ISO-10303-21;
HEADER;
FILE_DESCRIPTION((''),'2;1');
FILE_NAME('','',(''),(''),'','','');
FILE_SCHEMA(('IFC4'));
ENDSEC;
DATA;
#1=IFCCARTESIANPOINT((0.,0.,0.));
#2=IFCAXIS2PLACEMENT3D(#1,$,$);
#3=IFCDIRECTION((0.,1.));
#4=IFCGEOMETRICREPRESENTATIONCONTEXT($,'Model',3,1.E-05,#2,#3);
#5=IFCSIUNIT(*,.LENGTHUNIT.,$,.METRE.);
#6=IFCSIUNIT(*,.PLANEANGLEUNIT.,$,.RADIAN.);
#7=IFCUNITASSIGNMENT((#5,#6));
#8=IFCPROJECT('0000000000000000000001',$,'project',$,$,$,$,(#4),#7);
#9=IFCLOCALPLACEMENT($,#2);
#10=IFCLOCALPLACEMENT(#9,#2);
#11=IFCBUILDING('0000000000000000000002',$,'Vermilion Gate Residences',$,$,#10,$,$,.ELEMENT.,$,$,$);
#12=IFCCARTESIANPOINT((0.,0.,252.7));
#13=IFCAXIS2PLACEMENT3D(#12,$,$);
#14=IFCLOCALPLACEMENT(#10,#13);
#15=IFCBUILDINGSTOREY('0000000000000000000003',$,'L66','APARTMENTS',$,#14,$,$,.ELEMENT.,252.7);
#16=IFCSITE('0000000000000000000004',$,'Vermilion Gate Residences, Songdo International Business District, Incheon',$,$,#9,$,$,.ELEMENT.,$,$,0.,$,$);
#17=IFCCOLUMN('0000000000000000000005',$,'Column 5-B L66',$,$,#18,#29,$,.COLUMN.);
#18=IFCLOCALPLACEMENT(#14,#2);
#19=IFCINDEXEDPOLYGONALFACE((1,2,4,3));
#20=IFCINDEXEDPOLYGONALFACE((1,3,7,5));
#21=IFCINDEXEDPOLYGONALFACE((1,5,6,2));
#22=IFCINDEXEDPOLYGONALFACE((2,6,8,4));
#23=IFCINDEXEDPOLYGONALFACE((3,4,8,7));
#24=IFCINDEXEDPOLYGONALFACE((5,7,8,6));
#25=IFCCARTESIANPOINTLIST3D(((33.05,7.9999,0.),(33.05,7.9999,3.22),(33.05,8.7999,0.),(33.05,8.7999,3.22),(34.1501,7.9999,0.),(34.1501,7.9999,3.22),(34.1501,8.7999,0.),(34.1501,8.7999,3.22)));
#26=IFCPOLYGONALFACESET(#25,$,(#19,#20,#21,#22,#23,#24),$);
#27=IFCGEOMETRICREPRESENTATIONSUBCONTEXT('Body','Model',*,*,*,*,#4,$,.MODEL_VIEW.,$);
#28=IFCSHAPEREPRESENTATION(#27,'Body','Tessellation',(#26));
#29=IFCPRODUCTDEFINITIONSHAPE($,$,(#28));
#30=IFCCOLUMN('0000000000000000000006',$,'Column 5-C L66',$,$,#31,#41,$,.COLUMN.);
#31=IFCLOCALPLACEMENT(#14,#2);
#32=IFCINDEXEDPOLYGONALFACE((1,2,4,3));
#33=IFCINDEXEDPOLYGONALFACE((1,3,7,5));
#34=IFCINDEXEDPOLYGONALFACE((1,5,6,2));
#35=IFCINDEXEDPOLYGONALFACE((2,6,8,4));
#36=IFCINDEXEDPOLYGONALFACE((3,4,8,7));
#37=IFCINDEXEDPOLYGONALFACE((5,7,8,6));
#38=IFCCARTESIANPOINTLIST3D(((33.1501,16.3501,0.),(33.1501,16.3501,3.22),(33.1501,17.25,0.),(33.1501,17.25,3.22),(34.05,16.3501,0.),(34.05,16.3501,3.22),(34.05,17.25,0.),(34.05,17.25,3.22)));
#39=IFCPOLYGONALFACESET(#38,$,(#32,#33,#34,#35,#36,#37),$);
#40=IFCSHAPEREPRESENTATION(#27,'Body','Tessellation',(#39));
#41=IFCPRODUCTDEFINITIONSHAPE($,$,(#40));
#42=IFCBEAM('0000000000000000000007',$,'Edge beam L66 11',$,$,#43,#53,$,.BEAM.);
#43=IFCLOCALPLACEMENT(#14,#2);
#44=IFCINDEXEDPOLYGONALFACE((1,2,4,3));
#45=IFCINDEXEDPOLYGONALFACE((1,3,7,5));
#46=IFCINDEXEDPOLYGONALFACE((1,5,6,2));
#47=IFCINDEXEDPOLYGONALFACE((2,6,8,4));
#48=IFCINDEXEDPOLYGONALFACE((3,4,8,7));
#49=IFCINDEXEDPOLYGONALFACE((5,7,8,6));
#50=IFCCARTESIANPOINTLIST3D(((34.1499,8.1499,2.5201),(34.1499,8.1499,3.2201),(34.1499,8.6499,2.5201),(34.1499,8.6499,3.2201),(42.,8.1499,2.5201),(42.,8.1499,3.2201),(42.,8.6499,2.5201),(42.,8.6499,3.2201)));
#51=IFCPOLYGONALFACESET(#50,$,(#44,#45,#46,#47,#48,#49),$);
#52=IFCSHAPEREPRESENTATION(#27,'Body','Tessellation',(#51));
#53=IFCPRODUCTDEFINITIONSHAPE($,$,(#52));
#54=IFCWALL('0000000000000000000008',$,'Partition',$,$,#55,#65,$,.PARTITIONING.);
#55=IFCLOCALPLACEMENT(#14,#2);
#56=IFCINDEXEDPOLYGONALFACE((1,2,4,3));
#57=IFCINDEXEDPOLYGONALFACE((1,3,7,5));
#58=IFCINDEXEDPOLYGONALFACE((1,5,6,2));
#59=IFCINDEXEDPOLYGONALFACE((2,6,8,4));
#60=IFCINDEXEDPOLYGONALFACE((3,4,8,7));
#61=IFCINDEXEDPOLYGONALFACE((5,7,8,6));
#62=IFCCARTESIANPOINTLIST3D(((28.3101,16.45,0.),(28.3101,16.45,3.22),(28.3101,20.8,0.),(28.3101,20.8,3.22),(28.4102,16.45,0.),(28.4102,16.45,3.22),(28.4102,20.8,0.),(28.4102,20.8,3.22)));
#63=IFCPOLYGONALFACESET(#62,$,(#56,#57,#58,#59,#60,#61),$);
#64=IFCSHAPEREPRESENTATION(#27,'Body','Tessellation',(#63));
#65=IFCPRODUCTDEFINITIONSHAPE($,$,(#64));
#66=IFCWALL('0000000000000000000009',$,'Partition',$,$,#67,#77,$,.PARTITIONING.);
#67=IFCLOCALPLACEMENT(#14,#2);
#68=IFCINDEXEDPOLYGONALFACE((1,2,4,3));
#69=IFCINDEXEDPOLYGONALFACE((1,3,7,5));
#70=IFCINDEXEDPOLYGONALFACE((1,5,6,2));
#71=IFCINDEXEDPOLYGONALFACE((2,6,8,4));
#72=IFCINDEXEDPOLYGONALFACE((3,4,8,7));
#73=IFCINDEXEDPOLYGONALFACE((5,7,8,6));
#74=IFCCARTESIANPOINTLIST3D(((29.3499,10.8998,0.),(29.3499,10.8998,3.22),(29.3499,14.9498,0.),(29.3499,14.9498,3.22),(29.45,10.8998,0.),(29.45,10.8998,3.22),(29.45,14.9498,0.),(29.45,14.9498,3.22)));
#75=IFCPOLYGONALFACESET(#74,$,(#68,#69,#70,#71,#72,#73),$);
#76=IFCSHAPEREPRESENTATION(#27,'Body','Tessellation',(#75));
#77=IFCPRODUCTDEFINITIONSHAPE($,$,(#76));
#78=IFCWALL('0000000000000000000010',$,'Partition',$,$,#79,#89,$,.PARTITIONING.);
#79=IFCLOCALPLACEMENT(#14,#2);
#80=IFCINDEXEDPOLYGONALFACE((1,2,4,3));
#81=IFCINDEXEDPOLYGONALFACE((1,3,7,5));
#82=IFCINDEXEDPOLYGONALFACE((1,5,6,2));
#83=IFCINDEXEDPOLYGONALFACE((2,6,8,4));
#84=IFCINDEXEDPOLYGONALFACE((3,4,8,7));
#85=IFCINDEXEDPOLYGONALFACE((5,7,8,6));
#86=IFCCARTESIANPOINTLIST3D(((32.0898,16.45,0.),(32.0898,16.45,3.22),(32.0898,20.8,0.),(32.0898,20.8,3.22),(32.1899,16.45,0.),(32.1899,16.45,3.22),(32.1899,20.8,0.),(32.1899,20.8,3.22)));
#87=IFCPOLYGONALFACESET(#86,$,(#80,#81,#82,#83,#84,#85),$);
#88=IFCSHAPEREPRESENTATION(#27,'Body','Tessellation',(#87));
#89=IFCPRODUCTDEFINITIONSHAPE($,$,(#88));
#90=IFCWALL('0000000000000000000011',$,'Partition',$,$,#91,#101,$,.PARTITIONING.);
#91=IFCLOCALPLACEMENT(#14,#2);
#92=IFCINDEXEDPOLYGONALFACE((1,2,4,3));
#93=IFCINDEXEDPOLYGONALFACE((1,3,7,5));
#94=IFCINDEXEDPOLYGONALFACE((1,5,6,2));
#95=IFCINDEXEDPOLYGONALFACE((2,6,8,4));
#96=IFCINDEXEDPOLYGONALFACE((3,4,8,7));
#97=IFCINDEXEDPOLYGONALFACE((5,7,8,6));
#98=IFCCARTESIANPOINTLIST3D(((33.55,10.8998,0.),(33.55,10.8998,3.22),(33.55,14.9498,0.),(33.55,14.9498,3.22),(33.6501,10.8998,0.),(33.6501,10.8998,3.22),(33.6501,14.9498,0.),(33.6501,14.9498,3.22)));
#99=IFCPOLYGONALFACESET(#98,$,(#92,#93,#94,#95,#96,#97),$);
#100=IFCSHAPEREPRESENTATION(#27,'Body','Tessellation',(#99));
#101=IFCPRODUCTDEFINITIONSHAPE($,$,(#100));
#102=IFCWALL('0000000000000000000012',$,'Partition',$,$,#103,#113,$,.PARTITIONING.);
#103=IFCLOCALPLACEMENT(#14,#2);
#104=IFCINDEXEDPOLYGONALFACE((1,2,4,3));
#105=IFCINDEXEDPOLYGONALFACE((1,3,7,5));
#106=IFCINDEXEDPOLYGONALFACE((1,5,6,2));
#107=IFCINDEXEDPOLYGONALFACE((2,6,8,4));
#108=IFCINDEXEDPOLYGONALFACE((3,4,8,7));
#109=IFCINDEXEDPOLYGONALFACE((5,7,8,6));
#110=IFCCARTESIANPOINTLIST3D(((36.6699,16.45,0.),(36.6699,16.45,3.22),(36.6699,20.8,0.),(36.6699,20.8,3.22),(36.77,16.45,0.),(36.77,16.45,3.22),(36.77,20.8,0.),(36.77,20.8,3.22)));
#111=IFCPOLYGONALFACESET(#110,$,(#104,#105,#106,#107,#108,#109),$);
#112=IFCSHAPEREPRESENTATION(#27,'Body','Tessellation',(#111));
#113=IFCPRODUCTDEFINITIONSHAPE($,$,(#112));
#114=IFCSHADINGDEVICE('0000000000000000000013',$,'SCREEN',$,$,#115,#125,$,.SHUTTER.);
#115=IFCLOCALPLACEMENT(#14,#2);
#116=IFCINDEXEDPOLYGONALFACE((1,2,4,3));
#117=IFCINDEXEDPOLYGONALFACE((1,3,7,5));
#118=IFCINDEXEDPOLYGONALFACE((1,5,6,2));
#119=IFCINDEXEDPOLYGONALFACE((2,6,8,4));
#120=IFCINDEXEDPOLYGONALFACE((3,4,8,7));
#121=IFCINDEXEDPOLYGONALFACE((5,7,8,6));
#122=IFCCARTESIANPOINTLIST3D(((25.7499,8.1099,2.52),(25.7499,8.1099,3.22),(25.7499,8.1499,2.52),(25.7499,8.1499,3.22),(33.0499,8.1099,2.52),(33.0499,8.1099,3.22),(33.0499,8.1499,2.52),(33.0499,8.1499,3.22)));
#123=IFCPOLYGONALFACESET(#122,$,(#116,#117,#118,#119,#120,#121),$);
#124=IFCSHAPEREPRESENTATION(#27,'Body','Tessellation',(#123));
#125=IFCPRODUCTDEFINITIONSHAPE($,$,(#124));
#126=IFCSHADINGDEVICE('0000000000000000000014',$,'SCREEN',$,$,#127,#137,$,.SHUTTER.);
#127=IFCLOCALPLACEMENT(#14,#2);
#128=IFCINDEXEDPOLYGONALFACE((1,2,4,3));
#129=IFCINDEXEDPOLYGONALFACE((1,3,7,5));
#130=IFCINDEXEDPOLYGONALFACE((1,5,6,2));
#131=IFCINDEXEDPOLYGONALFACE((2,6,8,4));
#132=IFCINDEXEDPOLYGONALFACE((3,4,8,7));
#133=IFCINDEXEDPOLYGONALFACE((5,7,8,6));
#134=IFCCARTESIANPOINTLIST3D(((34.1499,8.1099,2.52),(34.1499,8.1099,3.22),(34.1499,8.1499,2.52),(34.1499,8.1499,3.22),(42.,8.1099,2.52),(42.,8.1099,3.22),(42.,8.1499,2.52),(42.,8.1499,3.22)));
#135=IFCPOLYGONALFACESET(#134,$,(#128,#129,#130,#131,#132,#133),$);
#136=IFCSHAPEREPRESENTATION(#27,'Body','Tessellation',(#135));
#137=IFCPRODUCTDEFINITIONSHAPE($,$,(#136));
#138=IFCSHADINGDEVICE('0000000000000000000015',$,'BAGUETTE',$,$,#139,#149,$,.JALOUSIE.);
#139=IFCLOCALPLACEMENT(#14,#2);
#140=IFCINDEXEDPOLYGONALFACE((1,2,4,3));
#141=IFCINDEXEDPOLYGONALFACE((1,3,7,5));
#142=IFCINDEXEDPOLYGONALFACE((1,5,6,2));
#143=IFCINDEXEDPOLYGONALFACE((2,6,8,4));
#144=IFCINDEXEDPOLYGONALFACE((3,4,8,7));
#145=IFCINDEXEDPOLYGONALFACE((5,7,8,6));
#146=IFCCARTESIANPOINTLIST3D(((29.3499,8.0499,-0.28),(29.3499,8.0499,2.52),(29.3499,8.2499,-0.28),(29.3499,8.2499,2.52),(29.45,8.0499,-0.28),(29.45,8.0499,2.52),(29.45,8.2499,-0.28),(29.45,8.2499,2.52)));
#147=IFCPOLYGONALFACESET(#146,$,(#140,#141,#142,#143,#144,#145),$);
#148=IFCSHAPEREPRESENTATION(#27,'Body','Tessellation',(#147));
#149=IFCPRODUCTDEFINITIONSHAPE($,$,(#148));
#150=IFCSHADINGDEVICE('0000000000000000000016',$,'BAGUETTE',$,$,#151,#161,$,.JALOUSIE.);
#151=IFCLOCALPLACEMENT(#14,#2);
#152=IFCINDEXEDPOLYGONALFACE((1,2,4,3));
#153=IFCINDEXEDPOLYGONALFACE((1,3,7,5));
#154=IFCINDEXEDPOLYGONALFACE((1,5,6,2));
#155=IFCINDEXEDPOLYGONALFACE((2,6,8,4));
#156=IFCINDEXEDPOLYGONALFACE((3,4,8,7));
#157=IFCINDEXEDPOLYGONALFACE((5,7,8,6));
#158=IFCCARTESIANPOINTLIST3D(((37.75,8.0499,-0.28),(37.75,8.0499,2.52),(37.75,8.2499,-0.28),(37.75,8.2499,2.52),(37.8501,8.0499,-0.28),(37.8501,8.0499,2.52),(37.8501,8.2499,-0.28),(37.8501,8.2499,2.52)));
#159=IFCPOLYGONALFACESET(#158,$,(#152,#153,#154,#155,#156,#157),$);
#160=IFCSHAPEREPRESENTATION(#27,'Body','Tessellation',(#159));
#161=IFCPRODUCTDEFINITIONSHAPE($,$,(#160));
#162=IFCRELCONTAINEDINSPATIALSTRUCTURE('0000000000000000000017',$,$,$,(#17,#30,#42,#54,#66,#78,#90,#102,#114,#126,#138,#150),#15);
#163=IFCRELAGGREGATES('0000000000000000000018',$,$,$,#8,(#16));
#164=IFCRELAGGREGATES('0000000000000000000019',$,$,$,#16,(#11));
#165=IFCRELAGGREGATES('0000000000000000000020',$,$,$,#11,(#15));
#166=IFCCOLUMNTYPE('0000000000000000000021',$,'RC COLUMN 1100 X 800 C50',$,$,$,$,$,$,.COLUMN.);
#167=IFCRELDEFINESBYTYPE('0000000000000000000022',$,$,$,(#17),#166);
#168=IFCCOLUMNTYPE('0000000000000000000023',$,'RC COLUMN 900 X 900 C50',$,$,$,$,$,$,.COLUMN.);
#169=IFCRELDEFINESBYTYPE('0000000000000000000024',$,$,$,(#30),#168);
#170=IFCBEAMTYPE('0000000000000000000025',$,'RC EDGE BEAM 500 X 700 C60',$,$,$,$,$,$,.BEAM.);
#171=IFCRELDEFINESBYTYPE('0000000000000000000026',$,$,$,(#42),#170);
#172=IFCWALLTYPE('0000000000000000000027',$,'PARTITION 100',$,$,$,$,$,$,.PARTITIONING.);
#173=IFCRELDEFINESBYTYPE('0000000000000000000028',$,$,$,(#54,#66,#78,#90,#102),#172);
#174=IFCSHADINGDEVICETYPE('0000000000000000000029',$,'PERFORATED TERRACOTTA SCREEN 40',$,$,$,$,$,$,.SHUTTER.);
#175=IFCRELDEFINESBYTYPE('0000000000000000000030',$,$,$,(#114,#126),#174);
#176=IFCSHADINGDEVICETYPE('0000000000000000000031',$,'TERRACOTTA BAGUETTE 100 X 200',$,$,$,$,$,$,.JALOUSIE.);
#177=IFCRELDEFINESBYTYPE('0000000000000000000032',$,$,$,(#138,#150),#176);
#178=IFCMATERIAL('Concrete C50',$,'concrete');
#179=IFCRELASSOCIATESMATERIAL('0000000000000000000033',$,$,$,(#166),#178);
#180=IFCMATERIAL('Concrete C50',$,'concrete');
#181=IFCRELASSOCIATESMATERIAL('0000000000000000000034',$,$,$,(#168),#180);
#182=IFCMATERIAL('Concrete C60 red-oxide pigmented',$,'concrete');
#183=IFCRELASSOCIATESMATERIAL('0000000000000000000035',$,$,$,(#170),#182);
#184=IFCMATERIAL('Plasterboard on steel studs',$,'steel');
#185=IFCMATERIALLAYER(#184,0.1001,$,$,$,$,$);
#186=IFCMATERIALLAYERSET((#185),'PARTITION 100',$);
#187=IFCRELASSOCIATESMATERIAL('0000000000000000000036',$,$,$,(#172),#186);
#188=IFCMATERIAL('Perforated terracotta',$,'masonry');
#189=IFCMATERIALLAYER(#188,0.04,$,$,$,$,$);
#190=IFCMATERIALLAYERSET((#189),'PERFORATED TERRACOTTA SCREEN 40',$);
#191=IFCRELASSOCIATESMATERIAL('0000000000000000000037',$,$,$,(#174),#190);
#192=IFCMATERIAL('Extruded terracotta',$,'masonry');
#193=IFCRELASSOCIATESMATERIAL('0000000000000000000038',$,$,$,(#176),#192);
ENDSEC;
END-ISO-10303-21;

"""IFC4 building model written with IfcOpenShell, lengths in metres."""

from ifc_helpers import new_model, si_unit, direction, frame, frame_2d, origin, origin_2d, place, context, subcontext, project, spatial, rectangle, extrude, material, layer, layer_set, material_profile, profile_set, type_object, element, save


model = new_model("IFC4")

# Units and contexts
model_context = context("Model", 3, precision=1e-05, world=origin(), true_north=direction((0.0, 1.0)))
body_context = subcontext(model_context, "Body", "Model", "MODEL_VIEW")
ifc_project = project(units=[si_unit("LENGTHUNIT", "METRE"), si_unit("PLANEANGLEUNIT", "RADIAN")], contexts=[model_context])

# Site, building, storey
site_placement = place(None, origin())
site = spatial("IfcSite", under=ifc_project, at=site_placement, Name="Vermilion Gate Residences, Songdo International Business District, Incheon", CompositionType="ELEMENT", RefElevation=0.0)
building_placement = place(site_placement, origin())
building = spatial("IfcBuilding", under=site, at=building_placement, Name="Vermilion Gate Residences", CompositionType="ELEMENT")
storey_placement = place(building_placement, frame((0.0, 0.0, 252.7)))
storey = spatial("IfcBuildingStorey", under=building, at=storey_placement, Name="L66", Description="APARTMENTS", CompositionType="ELEMENT", Elevation=252.7)

# Columns
ifc_material_1 = material(Name="Concrete C50", Category="concrete")
ifc_material_profile_1 = material_profile(ifc_material_1, rectangle(XDim=1.1001, YDim=0.8, at=origin_2d()), Name="RC-1100x800")
ifc_profile_set_1 = profile_set([ifc_material_profile_1], Name="Concrete C50")
column_type_1 = type_object("IfcColumnType", Name="RC COLUMN 1100 X 800 C50", PredefinedType="COLUMN", material=ifc_profile_set_1)
column_1_placement = place(storey_placement, frame((33.6001, 8.3999, 0.0), z_axis=(0.0, 0.0, 1.0), x_axis=(1.0, 0.0, 0.0)))
element("IfcColumn", 1, at=column_1_placement, inside=storey, type_object=column_type_1, Name="Column 5-B L66", PredefinedType="COLUMN", context=body_context, shape_type="SweptSolid", body=[
    extrude(rectangle(XDim=1.1001, YDim=0.8, at=origin_2d()), origin(), (0.0, 0.0, 1.0), 3.22),
])
ifc_material_2 = material(Name="Concrete C50", Category="concrete")
ifc_material_profile_2 = material_profile(ifc_material_2, rectangle(XDim=0.8999, YDim=0.8999, at=origin_2d()), Name="RC-900x900")
ifc_profile_set_2 = profile_set([ifc_material_profile_2], Name="Concrete C50")
column_type_2 = type_object("IfcColumnType", Name="RC COLUMN 900 X 900 C50", PredefinedType="COLUMN", material=ifc_profile_set_2)
column_2_placement = place(storey_placement, frame((33.6001, 16.8, 0.0), z_axis=(0.0, 0.0, 1.0), x_axis=(1.0, 0.0, 0.0)))
element("IfcColumn", 2, at=column_2_placement, inside=storey, type_object=column_type_2, Name="Column 5-C L66", PredefinedType="COLUMN", context=body_context, shape_type="SweptSolid", body=[
    extrude(rectangle(XDim=0.8999, YDim=0.8999, at=origin_2d()), origin(), (0.0, 0.0, 1.0), 3.22),
])

# Beam
ifc_material_3 = material(Name="Concrete C60 red-oxide pigmented", Category="concrete")
ifc_material_profile_3 = material_profile(ifc_material_3, rectangle(XDim=0.5, YDim=0.7, at=origin_2d()), Name="RC-500x700")
ifc_profile_set_3 = profile_set([ifc_material_profile_3], Name="Concrete C60 red-oxide pigmented")
beam_type = type_object("IfcBeamType", Name="RC EDGE BEAM 500 X 700 C60", PredefinedType="BEAM", material=ifc_profile_set_3)
beam_placement = place(storey_placement, frame((34.1499, 8.3999, 2.8701), z_axis=(1.0, 0.0, 0.0), x_axis=(0.0, 1.0, 0.0)))
element("IfcBeam", 3, at=beam_placement, inside=storey, type_object=beam_type, Name="Edge beam L66 11", PredefinedType="BEAM", context=body_context, shape_type="SweptSolid", body=[
    extrude(rectangle(XDim=0.5, YDim=0.7, at=origin_2d()), origin(), (0.0, 0.0, 1.0), 7.8501),
])

# Walls
ifc_material_4 = material(Name="Plasterboard on steel studs", Category="steel")
ifc_layer_1 = layer(ifc_material_4, 0.1001)
ifc_layer_set_1 = layer_set([ifc_layer_1], Name="PARTITION 100")
wall_type = type_object("IfcWallType", Name="PARTITION 100", PredefinedType="PARTITIONING", material=ifc_layer_set_1)
wall_1_placement = place(storey_placement, frame((28.3601, 16.45, 0.0), z_axis=(0.0, 0.0, 1.0), x_axis=(0.0, 1.0, 0.0)))
element("IfcWall", 4, at=wall_1_placement, inside=storey, type_object=wall_type, Name="Partition", PredefinedType="PARTITIONING", context=body_context, shape_type="SweptSolid", body=[
    extrude(rectangle(XDim=4.3501, YDim=0.1001, at=frame_2d((2.175, 0.0))), origin(), (0.0, 0.0, 1.0), 3.22),
])
wall_2_placement = place(storey_placement, frame((29.3999, 10.8999, 0.0), z_axis=(0.0, 0.0, 1.0), x_axis=(0.0, 1.0, 0.0)))
element("IfcWall", 5, at=wall_2_placement, inside=storey, type_object=wall_type, Name="Partition", PredefinedType="PARTITIONING", context=body_context, shape_type="SweptSolid", body=[
    extrude(rectangle(XDim=4.05, YDim=0.1001, at=frame_2d((2.0249, 0.0))), origin(), (0.0, 0.0, 1.0), 3.22),
])
wall_3_placement = place(storey_placement, frame((32.1399, 16.45, 0.0), z_axis=(0.0, 0.0, 1.0), x_axis=(0.0, 1.0, 0.0)))
element("IfcWall", 6, at=wall_3_placement, inside=storey, type_object=wall_type, Name="Partition", PredefinedType="PARTITIONING", context=body_context, shape_type="SweptSolid", body=[
    extrude(rectangle(XDim=4.3501, YDim=0.1001, at=frame_2d((2.175, 0.0))), origin(), (0.0, 0.0, 1.0), 3.22),
])
wall_4_placement = place(storey_placement, frame((33.6001, 10.8999, 0.0), z_axis=(0.0, 0.0, 1.0), x_axis=(0.0, 1.0, 0.0)))
element("IfcWall", 7, at=wall_4_placement, inside=storey, type_object=wall_type, Name="Partition", PredefinedType="PARTITIONING", context=body_context, shape_type="SweptSolid", body=[
    extrude(rectangle(XDim=4.05, YDim=0.1001, at=frame_2d((2.0249, 0.0))), origin(), (0.0, 0.0, 1.0), 3.22),
])
wall_5_placement = place(storey_placement, frame((36.72, 16.45, 0.0), z_axis=(0.0, 0.0, 1.0), x_axis=(0.0, 1.0, 0.0)))
element("IfcWall", 8, at=wall_5_placement, inside=storey, type_object=wall_type, Name="Partition", PredefinedType="PARTITIONING", context=body_context, shape_type="SweptSolid", body=[
    extrude(rectangle(XDim=4.3501, YDim=0.1001, at=frame_2d((2.175, 0.0))), origin(), (0.0, 0.0, 1.0), 3.22),
])

# Shading devices
ifc_material_5 = material(Name="Perforated terracotta", Category="masonry")
ifc_layer_2 = layer(ifc_material_5, 0.04)
ifc_layer_set_2 = layer_set([ifc_layer_2], Name="PERFORATED TERRACOTTA SCREEN 40")
shading_device_type_1 = type_object("IfcShadingDeviceType", Name="PERFORATED TERRACOTTA SCREEN 40", PredefinedType="SHUTTER", material=ifc_layer_set_2)
shading_device_1_placement = place(storey_placement, frame((29.3999, 8.1299, 2.52), z_axis=(0.0, 0.0, 1.0), x_axis=(1.0, 0.0, 0.0)))
element("IfcShadingDevice", 9, at=shading_device_1_placement, inside=storey, type_object=shading_device_type_1, Name="SCREEN", PredefinedType="SHUTTER", context=body_context, shape_type="SweptSolid", body=[
    extrude(rectangle(XDim=7.3, YDim=0.04, at=origin_2d()), origin(), (0.0, 0.0, 1.0), 0.7),
])
shading_device_2_placement = place(storey_placement, frame((38.075, 8.1299, 2.52), z_axis=(0.0, 0.0, 1.0), x_axis=(1.0, 0.0, 0.0)))
element("IfcShadingDevice", 10, at=shading_device_2_placement, inside=storey, type_object=shading_device_type_1, Name="SCREEN", PredefinedType="SHUTTER", context=body_context, shape_type="SweptSolid", body=[
    extrude(rectangle(XDim=7.8501, YDim=0.04, at=origin_2d()), origin(), (0.0, 0.0, 1.0), 0.7),
])
ifc_material_6 = material(Name="Extruded terracotta", Category="masonry")
ifc_material_profile_4 = material_profile(ifc_material_6, rectangle(XDim=0.2, YDim=0.1001, at=origin_2d()), Name="BAGUETTE 100 X 200")
ifc_profile_set_4 = profile_set([ifc_material_profile_4], Name="Extruded terracotta")
shading_device_type_2 = type_object("IfcShadingDeviceType", Name="TERRACOTTA BAGUETTE 100 X 200", PredefinedType="JALOUSIE", material=ifc_profile_set_4)
for number, where, z_axis, x_axis, name in (
    (11, (29.3999, 8.1499, -0.28), (0.0, 0.0, 1.0), (0.0, 1.0, 0.0), "BAGUETTE"),
    (12, (37.8, 8.1499, -0.28), (0.0, 0.0, 1.0), (0.0, 1.0, 0.0), "BAGUETTE"),
):
    element("IfcShadingDevice", number, at=place(storey_placement, frame(where, z_axis=z_axis, x_axis=x_axis)), inside=storey, type_object=shading_device_type_2, Name=name, PredefinedType="JALOUSIE", context=body_context, shape_type="SweptSolid", body=[
        extrude(rectangle(XDim=0.2, YDim=0.1001, at=origin_2d()), origin(), (0.0, 0.0, 1.0), 2.8),
    ])

save(model, "model.ifc")
